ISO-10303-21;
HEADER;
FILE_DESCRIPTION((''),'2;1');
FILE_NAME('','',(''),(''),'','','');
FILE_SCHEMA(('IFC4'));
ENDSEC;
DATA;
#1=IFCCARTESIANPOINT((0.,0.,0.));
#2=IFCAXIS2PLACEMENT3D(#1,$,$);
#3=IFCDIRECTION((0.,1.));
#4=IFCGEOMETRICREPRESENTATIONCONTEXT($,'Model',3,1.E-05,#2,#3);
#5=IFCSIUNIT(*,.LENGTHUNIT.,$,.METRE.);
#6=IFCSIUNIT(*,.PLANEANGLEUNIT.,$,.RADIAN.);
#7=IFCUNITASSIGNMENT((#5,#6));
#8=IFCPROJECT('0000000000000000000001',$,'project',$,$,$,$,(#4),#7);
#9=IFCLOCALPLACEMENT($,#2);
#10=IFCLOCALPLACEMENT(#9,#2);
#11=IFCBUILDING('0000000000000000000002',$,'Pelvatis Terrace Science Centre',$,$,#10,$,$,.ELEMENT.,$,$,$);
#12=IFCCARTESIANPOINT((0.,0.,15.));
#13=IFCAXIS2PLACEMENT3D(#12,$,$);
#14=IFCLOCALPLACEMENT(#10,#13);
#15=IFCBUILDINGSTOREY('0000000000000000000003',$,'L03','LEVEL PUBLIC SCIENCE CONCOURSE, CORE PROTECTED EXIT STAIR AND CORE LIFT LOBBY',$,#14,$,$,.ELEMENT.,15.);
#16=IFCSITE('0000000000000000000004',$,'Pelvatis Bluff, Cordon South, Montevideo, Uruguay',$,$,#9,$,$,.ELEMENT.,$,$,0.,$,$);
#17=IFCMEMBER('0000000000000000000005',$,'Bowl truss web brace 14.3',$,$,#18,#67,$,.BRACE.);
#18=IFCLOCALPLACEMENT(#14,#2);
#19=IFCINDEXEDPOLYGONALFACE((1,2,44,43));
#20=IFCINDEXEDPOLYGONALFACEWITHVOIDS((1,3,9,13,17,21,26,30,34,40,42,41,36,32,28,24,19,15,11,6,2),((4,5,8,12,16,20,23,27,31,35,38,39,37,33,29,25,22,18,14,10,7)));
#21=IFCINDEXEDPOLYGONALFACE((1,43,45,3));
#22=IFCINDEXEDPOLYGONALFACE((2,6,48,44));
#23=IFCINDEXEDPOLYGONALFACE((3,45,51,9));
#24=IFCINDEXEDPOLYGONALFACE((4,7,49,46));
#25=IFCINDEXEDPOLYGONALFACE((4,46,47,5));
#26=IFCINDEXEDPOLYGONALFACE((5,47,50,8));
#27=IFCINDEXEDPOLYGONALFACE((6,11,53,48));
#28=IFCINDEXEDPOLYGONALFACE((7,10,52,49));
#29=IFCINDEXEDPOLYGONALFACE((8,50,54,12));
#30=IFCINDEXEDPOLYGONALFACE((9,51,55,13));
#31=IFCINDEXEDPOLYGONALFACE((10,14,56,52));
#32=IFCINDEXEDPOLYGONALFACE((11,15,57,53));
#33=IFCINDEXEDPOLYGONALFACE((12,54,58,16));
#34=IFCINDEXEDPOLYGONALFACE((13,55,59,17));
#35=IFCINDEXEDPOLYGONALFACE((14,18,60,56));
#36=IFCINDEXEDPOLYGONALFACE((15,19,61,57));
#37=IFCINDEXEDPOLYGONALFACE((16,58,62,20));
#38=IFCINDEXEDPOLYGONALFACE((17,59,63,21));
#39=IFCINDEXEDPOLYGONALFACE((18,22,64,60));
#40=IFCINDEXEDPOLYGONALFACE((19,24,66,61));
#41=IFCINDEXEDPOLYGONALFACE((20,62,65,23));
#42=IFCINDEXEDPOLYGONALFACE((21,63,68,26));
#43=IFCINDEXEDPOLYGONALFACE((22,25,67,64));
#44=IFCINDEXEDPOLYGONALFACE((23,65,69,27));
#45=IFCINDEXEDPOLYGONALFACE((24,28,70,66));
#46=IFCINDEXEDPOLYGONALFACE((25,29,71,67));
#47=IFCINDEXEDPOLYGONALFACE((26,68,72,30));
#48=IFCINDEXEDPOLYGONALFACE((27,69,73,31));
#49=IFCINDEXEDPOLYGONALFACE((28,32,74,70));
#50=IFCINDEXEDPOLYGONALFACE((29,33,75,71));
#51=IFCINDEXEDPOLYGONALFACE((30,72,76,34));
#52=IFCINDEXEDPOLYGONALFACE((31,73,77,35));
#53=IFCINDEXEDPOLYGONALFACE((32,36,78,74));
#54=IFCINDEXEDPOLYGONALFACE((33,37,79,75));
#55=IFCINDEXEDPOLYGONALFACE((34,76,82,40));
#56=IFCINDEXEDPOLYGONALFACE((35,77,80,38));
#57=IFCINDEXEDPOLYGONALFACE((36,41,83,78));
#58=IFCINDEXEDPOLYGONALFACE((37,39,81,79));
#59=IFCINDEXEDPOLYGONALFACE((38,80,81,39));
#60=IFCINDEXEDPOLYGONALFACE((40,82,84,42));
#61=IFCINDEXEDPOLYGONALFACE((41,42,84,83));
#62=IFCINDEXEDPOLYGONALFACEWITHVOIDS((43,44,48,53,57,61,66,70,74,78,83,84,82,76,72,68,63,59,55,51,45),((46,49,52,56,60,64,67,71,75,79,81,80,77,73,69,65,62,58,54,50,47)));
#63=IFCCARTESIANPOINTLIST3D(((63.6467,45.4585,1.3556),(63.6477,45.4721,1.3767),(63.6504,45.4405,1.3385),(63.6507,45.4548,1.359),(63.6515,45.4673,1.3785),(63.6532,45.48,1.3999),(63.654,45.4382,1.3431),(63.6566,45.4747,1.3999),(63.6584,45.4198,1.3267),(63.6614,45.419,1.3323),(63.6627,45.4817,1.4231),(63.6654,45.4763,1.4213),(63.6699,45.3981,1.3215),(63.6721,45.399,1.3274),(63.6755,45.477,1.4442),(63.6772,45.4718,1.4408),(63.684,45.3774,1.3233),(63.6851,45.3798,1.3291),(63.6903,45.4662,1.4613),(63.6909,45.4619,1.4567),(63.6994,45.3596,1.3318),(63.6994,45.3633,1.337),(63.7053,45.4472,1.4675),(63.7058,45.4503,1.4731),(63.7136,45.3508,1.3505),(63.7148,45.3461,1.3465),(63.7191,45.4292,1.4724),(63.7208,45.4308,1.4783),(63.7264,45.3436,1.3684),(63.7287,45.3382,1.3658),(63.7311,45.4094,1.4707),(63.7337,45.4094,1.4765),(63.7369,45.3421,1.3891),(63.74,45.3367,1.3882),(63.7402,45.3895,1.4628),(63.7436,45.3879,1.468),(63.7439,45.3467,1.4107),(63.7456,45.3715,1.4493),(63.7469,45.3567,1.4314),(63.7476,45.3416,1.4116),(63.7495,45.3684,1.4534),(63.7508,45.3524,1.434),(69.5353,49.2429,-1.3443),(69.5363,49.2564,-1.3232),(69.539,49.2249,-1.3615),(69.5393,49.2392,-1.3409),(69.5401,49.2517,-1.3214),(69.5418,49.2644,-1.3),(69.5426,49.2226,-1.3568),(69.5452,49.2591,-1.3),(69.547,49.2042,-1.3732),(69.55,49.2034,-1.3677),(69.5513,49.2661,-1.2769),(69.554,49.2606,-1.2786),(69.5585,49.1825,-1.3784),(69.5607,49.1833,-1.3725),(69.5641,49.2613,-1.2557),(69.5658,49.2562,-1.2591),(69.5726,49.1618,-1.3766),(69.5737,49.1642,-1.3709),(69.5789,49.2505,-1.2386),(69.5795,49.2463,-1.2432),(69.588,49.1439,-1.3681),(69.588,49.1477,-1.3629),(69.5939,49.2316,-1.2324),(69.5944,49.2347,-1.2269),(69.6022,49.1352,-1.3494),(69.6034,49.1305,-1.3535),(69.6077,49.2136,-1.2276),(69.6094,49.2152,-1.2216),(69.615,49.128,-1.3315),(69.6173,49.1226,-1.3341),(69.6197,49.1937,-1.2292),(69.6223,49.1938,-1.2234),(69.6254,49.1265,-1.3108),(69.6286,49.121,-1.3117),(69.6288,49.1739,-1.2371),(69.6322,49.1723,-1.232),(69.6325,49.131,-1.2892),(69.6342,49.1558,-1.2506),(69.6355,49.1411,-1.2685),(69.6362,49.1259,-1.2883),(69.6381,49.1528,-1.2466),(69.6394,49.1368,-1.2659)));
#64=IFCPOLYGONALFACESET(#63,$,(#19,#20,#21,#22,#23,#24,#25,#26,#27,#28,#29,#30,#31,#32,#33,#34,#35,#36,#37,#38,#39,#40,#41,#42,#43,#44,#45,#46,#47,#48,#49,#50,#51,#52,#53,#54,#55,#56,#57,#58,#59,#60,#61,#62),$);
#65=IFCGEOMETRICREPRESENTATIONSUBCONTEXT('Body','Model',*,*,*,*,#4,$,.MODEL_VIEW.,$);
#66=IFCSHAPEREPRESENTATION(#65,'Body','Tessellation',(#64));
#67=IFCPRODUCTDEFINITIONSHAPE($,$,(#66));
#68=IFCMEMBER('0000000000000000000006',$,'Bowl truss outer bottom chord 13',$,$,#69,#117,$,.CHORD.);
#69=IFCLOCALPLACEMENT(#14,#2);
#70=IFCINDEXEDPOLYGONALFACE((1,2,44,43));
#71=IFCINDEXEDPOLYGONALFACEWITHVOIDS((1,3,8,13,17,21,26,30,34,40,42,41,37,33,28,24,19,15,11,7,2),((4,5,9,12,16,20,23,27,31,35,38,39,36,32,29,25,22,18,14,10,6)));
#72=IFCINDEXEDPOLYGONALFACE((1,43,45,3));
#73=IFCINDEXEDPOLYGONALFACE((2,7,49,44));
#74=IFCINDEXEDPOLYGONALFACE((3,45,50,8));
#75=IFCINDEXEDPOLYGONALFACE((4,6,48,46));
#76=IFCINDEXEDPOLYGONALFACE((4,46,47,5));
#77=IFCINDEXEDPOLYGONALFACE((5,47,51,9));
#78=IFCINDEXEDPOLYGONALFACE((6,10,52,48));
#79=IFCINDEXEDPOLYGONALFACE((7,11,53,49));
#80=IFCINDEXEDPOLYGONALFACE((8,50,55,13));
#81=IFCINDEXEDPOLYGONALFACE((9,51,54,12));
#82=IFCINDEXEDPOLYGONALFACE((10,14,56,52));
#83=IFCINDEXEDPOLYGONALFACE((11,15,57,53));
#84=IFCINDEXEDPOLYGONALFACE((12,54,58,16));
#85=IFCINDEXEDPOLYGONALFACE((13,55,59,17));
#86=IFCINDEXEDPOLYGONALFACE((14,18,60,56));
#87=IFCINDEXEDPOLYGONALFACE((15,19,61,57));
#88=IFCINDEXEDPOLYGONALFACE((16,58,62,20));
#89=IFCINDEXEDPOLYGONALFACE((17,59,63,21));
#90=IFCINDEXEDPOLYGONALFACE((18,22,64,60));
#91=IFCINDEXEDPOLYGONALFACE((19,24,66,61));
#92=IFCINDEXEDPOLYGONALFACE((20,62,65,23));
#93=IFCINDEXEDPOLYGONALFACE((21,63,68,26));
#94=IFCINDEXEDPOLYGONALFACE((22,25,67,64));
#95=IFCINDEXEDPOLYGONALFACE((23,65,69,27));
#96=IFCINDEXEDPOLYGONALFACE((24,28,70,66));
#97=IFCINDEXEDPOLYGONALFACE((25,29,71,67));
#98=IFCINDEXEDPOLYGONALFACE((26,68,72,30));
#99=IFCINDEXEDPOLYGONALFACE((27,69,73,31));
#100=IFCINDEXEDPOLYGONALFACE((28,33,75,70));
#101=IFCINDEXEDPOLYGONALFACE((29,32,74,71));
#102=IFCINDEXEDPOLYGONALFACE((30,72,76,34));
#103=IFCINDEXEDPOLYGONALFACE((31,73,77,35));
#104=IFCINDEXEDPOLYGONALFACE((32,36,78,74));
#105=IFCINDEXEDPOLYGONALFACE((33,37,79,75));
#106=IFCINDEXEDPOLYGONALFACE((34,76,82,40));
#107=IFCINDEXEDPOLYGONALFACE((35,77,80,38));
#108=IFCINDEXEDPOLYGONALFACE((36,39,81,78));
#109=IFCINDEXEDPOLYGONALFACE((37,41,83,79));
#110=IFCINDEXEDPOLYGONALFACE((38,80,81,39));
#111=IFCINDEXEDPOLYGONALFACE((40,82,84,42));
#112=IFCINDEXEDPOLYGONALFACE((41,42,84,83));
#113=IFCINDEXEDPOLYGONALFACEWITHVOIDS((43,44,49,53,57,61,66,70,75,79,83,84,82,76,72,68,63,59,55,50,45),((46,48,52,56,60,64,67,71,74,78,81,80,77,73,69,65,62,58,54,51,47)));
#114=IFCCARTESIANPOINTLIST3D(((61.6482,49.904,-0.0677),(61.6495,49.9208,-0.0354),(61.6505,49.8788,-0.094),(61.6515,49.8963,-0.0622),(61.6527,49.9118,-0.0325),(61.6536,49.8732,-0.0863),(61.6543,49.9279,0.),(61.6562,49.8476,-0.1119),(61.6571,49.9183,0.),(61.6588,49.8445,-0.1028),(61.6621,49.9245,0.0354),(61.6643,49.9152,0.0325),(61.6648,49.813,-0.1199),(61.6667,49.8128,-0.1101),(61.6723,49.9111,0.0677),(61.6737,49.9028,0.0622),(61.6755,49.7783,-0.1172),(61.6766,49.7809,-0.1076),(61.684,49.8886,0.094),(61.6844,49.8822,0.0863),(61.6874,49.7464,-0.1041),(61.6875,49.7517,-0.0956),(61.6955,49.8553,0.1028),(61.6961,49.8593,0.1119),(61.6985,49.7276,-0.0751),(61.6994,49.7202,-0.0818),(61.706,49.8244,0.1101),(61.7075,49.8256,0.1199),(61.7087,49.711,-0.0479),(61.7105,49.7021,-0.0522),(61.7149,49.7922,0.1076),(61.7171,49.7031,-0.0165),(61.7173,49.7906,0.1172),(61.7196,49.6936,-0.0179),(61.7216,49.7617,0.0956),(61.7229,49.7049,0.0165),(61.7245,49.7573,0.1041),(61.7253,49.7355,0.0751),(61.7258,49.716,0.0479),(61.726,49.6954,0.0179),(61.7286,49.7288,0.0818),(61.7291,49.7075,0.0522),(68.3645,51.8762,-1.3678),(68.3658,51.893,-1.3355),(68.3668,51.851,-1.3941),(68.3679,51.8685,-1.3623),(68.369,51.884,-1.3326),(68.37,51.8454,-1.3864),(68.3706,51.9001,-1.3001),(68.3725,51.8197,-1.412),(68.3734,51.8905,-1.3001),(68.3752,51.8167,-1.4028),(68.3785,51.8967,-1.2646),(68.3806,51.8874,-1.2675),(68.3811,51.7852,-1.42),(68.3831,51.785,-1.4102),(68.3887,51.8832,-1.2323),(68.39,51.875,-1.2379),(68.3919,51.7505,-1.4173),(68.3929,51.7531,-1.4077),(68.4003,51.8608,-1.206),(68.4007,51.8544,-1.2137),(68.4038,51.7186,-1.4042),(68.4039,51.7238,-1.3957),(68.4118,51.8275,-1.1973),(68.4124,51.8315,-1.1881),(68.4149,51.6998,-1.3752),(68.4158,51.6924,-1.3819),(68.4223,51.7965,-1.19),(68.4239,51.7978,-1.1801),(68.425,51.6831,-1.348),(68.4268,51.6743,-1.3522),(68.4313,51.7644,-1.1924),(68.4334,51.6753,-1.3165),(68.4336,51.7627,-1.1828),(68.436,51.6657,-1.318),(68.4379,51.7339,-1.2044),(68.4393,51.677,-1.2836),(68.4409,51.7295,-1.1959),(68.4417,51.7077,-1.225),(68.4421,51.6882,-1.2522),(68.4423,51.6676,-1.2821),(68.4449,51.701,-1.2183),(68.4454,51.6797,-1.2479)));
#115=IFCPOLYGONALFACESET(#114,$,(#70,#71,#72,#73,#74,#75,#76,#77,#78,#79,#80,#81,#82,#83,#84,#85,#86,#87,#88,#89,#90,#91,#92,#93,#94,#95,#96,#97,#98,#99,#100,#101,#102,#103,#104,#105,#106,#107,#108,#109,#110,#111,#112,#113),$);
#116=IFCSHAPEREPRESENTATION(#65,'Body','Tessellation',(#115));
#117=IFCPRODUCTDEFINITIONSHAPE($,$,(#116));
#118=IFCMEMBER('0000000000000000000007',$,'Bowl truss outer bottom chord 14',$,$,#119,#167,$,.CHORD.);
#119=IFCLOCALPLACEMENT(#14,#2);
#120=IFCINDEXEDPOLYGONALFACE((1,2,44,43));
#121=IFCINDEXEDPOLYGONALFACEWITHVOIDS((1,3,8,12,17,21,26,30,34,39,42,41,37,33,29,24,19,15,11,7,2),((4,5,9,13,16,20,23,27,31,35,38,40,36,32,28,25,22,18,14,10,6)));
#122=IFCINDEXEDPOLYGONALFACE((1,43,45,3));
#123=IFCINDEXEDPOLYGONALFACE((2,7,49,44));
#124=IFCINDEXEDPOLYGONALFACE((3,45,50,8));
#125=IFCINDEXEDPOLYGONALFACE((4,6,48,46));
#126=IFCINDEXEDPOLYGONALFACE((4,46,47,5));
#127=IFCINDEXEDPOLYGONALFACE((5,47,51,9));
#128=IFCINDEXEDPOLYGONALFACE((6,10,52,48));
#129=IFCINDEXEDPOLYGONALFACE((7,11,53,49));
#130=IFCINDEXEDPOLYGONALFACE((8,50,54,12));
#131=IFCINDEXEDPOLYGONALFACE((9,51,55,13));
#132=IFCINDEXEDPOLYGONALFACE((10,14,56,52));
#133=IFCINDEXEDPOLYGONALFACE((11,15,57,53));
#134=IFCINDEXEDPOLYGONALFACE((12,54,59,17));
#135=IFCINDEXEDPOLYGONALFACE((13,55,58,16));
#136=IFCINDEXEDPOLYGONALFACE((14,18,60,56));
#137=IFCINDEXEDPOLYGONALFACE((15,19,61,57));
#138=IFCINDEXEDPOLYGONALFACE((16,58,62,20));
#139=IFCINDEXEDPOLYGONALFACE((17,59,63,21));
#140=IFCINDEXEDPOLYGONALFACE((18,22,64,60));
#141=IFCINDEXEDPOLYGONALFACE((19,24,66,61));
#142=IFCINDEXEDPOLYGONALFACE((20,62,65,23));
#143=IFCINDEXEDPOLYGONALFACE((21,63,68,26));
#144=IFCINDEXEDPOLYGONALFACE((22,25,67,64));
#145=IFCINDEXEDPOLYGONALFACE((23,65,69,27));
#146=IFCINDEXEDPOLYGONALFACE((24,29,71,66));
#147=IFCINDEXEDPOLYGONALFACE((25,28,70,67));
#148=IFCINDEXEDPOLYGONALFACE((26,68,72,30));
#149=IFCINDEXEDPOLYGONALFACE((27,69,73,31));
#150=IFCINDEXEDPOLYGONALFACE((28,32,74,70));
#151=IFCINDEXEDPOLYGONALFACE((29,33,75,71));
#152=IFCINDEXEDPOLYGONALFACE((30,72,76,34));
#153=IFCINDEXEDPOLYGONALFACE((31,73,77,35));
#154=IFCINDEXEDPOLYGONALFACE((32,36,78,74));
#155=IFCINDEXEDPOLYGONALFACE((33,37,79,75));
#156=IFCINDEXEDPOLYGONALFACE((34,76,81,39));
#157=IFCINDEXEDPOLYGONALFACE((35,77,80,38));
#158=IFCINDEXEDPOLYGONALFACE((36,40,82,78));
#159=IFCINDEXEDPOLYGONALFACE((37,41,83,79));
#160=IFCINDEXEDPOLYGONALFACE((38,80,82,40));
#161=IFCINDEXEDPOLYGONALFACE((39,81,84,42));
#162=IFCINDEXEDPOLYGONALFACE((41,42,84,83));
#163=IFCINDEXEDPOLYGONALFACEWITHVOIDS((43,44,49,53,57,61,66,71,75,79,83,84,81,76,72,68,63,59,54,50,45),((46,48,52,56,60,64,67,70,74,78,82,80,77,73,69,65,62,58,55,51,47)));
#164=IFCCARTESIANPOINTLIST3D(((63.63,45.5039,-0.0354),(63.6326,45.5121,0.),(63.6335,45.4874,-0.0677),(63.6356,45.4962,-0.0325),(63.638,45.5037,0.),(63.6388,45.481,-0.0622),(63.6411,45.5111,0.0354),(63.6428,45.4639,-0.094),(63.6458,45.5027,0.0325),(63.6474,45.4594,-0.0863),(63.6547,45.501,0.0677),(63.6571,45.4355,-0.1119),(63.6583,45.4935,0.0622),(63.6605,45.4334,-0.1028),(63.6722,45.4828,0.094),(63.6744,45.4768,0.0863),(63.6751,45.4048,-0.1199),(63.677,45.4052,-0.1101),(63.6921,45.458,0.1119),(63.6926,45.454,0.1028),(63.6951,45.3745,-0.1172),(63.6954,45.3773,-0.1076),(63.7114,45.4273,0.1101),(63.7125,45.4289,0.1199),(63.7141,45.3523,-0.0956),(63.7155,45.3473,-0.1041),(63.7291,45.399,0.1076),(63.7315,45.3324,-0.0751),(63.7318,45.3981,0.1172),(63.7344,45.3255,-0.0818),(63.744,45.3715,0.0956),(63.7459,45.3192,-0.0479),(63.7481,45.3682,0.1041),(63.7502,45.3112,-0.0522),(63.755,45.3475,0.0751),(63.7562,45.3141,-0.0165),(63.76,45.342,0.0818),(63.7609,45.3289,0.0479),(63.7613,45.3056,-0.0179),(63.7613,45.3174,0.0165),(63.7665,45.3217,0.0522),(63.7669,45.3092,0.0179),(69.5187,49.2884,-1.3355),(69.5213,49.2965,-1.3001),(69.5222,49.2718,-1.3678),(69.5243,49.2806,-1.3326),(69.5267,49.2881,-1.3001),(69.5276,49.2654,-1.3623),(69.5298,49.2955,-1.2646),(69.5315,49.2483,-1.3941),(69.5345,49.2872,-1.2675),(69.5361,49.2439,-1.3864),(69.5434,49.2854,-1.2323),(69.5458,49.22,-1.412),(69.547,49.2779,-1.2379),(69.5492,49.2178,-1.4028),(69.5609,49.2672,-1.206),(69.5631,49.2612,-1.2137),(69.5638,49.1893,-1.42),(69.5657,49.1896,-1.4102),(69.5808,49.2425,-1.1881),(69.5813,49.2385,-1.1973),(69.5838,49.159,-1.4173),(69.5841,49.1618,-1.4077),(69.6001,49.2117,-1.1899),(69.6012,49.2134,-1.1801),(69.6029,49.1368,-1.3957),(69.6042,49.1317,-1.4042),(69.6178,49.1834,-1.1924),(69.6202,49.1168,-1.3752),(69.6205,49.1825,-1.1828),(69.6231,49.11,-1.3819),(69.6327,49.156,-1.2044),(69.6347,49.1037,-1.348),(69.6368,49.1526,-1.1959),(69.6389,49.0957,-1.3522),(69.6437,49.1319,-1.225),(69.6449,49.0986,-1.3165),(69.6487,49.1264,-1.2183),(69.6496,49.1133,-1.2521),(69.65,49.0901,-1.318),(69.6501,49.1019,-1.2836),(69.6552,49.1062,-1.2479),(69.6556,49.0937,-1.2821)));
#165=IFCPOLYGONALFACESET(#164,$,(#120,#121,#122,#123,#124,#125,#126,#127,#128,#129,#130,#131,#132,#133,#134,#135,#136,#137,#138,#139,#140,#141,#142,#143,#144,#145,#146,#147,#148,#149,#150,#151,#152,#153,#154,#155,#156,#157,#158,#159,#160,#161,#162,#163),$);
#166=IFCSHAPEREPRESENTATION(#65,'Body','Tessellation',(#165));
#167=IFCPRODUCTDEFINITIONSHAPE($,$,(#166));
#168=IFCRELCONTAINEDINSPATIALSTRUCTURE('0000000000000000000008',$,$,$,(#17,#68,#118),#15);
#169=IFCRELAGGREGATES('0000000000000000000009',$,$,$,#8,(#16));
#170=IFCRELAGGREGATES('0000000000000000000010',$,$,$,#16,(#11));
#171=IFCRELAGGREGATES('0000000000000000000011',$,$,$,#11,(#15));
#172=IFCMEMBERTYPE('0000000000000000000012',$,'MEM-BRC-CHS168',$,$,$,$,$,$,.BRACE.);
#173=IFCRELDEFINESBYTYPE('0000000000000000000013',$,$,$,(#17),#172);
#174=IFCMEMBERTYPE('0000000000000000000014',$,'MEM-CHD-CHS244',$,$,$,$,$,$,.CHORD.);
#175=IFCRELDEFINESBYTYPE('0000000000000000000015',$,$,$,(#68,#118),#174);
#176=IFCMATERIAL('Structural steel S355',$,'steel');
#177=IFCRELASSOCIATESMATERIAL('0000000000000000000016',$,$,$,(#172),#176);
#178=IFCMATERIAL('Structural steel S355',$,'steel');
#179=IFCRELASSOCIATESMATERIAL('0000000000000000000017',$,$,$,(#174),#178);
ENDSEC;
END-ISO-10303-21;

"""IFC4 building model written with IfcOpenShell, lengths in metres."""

from ifc_helpers import new_model, si_unit, direction, frame, origin, origin_2d, place, context, subcontext, project, spatial, hollow_circle, extrude, material, material_profile, profile_set, type_object, element, save


model = new_model("IFC4")

# Units and contexts
model_context = context("Model", 3, precision=1e-05, world=origin(), true_north=direction((0.0, 1.0)))
body_context = subcontext(model_context, "Body", "Model", "MODEL_VIEW")
ifc_project = project(units=[si_unit("LENGTHUNIT", "METRE"), si_unit("PLANEANGLEUNIT", "RADIAN")], contexts=[model_context])

# Site, building, storey
site_placement = place(None, origin())
site = spatial("IfcSite", under=ifc_project, at=site_placement, Name="Pelvatis Bluff, Cordon South, Montevideo, Uruguay", CompositionType="ELEMENT", RefElevation=0.0)
building_placement = place(site_placement, origin())
building = spatial("IfcBuilding", under=site, at=building_placement, Name="Pelvatis Terrace Science Centre", CompositionType="ELEMENT")
storey_placement = place(building_placement, frame((0.0, 0.0, 15.0)))
storey = spatial("IfcBuildingStorey", under=building, at=storey_placement, Name="L03", Description="LEVEL PUBLIC SCIENCE CONCOURSE, CORE PROTECTED EXIT STAIR AND CORE LIFT LOBBY", CompositionType="ELEMENT", Elevation=15.0)

# Members
ifc_material_1 = material(Name="Structural steel S355", Category="steel")
ifc_material_profile_1 = material_profile(ifc_material_1, hollow_circle(Radius=0.0842, WallThickness=0.0063, at=origin_2d()), Name="CHS 168.3x6.3")
ifc_profile_set_1 = profile_set([ifc_material_profile_1], Name="Structural steel S355")
member_type_1 = type_object("IfcMemberType", Name="MEM-BRC-CHS168", PredefinedType="BRACE", material=ifc_profile_set_1)
for number, where, z_axis, x_axis, name in (
    (1, (63.6987, 45.4092, 1.3999), (0.784891, 0.504419, -0.359872), (-0.540641, 0.841253, 0.0), "Bowl truss web brace 14.3"),
):
    element("IfcMember", number, at=place(storey_placement, frame(where, z_axis=z_axis, x_axis=x_axis)), inside=storey, type_object=member_type_1, Name=name, PredefinedType="BRACE", context=body_context, shape_type="SweptSolid", body=[
        extrude(hollow_circle(Radius=0.0842, WallThickness=0.0063, at=origin_2d()), origin(), (0.0, 0.0, 1.0), 7.5024),
    ])
ifc_material_2 = material(Name="Structural steel S355", Category="steel")
ifc_material_profile_2 = material_profile(ifc_material_2, hollow_circle(Radius=0.1223, WallThickness=0.01, at=origin_2d()), Name="CHS 244.5x10.0")
ifc_profile_set_2 = profile_set([ifc_material_profile_2], Name="Structural steel S355")
member_type_2 = type_object("IfcMemberType", Name="MEM-CHD-CHS244", PredefinedType="CHORD", material=ifc_profile_set_2)
for number, where, z_axis, x_axis, name in (
    (2, (61.6887, 49.8105, 0.0), (0.943358, 0.277006, -0.182602), (-0.281743, 0.95949, 0.0), "Bowl truss outer bottom chord 13"),
    (3, (63.6987, 45.4092, 0.0), (0.827109, 0.531551, -0.182602), (-0.540641, 0.841253, 0.0), "Bowl truss outer bottom chord 14"),
):
    element("IfcMember", number, at=place(storey_placement, frame(where, z_axis=z_axis, x_axis=x_axis)), inside=storey, type_object=member_type_2, Name=name, PredefinedType="CHORD", context=body_context, shape_type="SweptSolid", body=[
        extrude(hollow_circle(Radius=0.1223, WallThickness=0.01, at=origin_2d()), origin(), (0.0, 0.0, 1.0), 7.1196),
    ])

save(model, "model.ifc")
